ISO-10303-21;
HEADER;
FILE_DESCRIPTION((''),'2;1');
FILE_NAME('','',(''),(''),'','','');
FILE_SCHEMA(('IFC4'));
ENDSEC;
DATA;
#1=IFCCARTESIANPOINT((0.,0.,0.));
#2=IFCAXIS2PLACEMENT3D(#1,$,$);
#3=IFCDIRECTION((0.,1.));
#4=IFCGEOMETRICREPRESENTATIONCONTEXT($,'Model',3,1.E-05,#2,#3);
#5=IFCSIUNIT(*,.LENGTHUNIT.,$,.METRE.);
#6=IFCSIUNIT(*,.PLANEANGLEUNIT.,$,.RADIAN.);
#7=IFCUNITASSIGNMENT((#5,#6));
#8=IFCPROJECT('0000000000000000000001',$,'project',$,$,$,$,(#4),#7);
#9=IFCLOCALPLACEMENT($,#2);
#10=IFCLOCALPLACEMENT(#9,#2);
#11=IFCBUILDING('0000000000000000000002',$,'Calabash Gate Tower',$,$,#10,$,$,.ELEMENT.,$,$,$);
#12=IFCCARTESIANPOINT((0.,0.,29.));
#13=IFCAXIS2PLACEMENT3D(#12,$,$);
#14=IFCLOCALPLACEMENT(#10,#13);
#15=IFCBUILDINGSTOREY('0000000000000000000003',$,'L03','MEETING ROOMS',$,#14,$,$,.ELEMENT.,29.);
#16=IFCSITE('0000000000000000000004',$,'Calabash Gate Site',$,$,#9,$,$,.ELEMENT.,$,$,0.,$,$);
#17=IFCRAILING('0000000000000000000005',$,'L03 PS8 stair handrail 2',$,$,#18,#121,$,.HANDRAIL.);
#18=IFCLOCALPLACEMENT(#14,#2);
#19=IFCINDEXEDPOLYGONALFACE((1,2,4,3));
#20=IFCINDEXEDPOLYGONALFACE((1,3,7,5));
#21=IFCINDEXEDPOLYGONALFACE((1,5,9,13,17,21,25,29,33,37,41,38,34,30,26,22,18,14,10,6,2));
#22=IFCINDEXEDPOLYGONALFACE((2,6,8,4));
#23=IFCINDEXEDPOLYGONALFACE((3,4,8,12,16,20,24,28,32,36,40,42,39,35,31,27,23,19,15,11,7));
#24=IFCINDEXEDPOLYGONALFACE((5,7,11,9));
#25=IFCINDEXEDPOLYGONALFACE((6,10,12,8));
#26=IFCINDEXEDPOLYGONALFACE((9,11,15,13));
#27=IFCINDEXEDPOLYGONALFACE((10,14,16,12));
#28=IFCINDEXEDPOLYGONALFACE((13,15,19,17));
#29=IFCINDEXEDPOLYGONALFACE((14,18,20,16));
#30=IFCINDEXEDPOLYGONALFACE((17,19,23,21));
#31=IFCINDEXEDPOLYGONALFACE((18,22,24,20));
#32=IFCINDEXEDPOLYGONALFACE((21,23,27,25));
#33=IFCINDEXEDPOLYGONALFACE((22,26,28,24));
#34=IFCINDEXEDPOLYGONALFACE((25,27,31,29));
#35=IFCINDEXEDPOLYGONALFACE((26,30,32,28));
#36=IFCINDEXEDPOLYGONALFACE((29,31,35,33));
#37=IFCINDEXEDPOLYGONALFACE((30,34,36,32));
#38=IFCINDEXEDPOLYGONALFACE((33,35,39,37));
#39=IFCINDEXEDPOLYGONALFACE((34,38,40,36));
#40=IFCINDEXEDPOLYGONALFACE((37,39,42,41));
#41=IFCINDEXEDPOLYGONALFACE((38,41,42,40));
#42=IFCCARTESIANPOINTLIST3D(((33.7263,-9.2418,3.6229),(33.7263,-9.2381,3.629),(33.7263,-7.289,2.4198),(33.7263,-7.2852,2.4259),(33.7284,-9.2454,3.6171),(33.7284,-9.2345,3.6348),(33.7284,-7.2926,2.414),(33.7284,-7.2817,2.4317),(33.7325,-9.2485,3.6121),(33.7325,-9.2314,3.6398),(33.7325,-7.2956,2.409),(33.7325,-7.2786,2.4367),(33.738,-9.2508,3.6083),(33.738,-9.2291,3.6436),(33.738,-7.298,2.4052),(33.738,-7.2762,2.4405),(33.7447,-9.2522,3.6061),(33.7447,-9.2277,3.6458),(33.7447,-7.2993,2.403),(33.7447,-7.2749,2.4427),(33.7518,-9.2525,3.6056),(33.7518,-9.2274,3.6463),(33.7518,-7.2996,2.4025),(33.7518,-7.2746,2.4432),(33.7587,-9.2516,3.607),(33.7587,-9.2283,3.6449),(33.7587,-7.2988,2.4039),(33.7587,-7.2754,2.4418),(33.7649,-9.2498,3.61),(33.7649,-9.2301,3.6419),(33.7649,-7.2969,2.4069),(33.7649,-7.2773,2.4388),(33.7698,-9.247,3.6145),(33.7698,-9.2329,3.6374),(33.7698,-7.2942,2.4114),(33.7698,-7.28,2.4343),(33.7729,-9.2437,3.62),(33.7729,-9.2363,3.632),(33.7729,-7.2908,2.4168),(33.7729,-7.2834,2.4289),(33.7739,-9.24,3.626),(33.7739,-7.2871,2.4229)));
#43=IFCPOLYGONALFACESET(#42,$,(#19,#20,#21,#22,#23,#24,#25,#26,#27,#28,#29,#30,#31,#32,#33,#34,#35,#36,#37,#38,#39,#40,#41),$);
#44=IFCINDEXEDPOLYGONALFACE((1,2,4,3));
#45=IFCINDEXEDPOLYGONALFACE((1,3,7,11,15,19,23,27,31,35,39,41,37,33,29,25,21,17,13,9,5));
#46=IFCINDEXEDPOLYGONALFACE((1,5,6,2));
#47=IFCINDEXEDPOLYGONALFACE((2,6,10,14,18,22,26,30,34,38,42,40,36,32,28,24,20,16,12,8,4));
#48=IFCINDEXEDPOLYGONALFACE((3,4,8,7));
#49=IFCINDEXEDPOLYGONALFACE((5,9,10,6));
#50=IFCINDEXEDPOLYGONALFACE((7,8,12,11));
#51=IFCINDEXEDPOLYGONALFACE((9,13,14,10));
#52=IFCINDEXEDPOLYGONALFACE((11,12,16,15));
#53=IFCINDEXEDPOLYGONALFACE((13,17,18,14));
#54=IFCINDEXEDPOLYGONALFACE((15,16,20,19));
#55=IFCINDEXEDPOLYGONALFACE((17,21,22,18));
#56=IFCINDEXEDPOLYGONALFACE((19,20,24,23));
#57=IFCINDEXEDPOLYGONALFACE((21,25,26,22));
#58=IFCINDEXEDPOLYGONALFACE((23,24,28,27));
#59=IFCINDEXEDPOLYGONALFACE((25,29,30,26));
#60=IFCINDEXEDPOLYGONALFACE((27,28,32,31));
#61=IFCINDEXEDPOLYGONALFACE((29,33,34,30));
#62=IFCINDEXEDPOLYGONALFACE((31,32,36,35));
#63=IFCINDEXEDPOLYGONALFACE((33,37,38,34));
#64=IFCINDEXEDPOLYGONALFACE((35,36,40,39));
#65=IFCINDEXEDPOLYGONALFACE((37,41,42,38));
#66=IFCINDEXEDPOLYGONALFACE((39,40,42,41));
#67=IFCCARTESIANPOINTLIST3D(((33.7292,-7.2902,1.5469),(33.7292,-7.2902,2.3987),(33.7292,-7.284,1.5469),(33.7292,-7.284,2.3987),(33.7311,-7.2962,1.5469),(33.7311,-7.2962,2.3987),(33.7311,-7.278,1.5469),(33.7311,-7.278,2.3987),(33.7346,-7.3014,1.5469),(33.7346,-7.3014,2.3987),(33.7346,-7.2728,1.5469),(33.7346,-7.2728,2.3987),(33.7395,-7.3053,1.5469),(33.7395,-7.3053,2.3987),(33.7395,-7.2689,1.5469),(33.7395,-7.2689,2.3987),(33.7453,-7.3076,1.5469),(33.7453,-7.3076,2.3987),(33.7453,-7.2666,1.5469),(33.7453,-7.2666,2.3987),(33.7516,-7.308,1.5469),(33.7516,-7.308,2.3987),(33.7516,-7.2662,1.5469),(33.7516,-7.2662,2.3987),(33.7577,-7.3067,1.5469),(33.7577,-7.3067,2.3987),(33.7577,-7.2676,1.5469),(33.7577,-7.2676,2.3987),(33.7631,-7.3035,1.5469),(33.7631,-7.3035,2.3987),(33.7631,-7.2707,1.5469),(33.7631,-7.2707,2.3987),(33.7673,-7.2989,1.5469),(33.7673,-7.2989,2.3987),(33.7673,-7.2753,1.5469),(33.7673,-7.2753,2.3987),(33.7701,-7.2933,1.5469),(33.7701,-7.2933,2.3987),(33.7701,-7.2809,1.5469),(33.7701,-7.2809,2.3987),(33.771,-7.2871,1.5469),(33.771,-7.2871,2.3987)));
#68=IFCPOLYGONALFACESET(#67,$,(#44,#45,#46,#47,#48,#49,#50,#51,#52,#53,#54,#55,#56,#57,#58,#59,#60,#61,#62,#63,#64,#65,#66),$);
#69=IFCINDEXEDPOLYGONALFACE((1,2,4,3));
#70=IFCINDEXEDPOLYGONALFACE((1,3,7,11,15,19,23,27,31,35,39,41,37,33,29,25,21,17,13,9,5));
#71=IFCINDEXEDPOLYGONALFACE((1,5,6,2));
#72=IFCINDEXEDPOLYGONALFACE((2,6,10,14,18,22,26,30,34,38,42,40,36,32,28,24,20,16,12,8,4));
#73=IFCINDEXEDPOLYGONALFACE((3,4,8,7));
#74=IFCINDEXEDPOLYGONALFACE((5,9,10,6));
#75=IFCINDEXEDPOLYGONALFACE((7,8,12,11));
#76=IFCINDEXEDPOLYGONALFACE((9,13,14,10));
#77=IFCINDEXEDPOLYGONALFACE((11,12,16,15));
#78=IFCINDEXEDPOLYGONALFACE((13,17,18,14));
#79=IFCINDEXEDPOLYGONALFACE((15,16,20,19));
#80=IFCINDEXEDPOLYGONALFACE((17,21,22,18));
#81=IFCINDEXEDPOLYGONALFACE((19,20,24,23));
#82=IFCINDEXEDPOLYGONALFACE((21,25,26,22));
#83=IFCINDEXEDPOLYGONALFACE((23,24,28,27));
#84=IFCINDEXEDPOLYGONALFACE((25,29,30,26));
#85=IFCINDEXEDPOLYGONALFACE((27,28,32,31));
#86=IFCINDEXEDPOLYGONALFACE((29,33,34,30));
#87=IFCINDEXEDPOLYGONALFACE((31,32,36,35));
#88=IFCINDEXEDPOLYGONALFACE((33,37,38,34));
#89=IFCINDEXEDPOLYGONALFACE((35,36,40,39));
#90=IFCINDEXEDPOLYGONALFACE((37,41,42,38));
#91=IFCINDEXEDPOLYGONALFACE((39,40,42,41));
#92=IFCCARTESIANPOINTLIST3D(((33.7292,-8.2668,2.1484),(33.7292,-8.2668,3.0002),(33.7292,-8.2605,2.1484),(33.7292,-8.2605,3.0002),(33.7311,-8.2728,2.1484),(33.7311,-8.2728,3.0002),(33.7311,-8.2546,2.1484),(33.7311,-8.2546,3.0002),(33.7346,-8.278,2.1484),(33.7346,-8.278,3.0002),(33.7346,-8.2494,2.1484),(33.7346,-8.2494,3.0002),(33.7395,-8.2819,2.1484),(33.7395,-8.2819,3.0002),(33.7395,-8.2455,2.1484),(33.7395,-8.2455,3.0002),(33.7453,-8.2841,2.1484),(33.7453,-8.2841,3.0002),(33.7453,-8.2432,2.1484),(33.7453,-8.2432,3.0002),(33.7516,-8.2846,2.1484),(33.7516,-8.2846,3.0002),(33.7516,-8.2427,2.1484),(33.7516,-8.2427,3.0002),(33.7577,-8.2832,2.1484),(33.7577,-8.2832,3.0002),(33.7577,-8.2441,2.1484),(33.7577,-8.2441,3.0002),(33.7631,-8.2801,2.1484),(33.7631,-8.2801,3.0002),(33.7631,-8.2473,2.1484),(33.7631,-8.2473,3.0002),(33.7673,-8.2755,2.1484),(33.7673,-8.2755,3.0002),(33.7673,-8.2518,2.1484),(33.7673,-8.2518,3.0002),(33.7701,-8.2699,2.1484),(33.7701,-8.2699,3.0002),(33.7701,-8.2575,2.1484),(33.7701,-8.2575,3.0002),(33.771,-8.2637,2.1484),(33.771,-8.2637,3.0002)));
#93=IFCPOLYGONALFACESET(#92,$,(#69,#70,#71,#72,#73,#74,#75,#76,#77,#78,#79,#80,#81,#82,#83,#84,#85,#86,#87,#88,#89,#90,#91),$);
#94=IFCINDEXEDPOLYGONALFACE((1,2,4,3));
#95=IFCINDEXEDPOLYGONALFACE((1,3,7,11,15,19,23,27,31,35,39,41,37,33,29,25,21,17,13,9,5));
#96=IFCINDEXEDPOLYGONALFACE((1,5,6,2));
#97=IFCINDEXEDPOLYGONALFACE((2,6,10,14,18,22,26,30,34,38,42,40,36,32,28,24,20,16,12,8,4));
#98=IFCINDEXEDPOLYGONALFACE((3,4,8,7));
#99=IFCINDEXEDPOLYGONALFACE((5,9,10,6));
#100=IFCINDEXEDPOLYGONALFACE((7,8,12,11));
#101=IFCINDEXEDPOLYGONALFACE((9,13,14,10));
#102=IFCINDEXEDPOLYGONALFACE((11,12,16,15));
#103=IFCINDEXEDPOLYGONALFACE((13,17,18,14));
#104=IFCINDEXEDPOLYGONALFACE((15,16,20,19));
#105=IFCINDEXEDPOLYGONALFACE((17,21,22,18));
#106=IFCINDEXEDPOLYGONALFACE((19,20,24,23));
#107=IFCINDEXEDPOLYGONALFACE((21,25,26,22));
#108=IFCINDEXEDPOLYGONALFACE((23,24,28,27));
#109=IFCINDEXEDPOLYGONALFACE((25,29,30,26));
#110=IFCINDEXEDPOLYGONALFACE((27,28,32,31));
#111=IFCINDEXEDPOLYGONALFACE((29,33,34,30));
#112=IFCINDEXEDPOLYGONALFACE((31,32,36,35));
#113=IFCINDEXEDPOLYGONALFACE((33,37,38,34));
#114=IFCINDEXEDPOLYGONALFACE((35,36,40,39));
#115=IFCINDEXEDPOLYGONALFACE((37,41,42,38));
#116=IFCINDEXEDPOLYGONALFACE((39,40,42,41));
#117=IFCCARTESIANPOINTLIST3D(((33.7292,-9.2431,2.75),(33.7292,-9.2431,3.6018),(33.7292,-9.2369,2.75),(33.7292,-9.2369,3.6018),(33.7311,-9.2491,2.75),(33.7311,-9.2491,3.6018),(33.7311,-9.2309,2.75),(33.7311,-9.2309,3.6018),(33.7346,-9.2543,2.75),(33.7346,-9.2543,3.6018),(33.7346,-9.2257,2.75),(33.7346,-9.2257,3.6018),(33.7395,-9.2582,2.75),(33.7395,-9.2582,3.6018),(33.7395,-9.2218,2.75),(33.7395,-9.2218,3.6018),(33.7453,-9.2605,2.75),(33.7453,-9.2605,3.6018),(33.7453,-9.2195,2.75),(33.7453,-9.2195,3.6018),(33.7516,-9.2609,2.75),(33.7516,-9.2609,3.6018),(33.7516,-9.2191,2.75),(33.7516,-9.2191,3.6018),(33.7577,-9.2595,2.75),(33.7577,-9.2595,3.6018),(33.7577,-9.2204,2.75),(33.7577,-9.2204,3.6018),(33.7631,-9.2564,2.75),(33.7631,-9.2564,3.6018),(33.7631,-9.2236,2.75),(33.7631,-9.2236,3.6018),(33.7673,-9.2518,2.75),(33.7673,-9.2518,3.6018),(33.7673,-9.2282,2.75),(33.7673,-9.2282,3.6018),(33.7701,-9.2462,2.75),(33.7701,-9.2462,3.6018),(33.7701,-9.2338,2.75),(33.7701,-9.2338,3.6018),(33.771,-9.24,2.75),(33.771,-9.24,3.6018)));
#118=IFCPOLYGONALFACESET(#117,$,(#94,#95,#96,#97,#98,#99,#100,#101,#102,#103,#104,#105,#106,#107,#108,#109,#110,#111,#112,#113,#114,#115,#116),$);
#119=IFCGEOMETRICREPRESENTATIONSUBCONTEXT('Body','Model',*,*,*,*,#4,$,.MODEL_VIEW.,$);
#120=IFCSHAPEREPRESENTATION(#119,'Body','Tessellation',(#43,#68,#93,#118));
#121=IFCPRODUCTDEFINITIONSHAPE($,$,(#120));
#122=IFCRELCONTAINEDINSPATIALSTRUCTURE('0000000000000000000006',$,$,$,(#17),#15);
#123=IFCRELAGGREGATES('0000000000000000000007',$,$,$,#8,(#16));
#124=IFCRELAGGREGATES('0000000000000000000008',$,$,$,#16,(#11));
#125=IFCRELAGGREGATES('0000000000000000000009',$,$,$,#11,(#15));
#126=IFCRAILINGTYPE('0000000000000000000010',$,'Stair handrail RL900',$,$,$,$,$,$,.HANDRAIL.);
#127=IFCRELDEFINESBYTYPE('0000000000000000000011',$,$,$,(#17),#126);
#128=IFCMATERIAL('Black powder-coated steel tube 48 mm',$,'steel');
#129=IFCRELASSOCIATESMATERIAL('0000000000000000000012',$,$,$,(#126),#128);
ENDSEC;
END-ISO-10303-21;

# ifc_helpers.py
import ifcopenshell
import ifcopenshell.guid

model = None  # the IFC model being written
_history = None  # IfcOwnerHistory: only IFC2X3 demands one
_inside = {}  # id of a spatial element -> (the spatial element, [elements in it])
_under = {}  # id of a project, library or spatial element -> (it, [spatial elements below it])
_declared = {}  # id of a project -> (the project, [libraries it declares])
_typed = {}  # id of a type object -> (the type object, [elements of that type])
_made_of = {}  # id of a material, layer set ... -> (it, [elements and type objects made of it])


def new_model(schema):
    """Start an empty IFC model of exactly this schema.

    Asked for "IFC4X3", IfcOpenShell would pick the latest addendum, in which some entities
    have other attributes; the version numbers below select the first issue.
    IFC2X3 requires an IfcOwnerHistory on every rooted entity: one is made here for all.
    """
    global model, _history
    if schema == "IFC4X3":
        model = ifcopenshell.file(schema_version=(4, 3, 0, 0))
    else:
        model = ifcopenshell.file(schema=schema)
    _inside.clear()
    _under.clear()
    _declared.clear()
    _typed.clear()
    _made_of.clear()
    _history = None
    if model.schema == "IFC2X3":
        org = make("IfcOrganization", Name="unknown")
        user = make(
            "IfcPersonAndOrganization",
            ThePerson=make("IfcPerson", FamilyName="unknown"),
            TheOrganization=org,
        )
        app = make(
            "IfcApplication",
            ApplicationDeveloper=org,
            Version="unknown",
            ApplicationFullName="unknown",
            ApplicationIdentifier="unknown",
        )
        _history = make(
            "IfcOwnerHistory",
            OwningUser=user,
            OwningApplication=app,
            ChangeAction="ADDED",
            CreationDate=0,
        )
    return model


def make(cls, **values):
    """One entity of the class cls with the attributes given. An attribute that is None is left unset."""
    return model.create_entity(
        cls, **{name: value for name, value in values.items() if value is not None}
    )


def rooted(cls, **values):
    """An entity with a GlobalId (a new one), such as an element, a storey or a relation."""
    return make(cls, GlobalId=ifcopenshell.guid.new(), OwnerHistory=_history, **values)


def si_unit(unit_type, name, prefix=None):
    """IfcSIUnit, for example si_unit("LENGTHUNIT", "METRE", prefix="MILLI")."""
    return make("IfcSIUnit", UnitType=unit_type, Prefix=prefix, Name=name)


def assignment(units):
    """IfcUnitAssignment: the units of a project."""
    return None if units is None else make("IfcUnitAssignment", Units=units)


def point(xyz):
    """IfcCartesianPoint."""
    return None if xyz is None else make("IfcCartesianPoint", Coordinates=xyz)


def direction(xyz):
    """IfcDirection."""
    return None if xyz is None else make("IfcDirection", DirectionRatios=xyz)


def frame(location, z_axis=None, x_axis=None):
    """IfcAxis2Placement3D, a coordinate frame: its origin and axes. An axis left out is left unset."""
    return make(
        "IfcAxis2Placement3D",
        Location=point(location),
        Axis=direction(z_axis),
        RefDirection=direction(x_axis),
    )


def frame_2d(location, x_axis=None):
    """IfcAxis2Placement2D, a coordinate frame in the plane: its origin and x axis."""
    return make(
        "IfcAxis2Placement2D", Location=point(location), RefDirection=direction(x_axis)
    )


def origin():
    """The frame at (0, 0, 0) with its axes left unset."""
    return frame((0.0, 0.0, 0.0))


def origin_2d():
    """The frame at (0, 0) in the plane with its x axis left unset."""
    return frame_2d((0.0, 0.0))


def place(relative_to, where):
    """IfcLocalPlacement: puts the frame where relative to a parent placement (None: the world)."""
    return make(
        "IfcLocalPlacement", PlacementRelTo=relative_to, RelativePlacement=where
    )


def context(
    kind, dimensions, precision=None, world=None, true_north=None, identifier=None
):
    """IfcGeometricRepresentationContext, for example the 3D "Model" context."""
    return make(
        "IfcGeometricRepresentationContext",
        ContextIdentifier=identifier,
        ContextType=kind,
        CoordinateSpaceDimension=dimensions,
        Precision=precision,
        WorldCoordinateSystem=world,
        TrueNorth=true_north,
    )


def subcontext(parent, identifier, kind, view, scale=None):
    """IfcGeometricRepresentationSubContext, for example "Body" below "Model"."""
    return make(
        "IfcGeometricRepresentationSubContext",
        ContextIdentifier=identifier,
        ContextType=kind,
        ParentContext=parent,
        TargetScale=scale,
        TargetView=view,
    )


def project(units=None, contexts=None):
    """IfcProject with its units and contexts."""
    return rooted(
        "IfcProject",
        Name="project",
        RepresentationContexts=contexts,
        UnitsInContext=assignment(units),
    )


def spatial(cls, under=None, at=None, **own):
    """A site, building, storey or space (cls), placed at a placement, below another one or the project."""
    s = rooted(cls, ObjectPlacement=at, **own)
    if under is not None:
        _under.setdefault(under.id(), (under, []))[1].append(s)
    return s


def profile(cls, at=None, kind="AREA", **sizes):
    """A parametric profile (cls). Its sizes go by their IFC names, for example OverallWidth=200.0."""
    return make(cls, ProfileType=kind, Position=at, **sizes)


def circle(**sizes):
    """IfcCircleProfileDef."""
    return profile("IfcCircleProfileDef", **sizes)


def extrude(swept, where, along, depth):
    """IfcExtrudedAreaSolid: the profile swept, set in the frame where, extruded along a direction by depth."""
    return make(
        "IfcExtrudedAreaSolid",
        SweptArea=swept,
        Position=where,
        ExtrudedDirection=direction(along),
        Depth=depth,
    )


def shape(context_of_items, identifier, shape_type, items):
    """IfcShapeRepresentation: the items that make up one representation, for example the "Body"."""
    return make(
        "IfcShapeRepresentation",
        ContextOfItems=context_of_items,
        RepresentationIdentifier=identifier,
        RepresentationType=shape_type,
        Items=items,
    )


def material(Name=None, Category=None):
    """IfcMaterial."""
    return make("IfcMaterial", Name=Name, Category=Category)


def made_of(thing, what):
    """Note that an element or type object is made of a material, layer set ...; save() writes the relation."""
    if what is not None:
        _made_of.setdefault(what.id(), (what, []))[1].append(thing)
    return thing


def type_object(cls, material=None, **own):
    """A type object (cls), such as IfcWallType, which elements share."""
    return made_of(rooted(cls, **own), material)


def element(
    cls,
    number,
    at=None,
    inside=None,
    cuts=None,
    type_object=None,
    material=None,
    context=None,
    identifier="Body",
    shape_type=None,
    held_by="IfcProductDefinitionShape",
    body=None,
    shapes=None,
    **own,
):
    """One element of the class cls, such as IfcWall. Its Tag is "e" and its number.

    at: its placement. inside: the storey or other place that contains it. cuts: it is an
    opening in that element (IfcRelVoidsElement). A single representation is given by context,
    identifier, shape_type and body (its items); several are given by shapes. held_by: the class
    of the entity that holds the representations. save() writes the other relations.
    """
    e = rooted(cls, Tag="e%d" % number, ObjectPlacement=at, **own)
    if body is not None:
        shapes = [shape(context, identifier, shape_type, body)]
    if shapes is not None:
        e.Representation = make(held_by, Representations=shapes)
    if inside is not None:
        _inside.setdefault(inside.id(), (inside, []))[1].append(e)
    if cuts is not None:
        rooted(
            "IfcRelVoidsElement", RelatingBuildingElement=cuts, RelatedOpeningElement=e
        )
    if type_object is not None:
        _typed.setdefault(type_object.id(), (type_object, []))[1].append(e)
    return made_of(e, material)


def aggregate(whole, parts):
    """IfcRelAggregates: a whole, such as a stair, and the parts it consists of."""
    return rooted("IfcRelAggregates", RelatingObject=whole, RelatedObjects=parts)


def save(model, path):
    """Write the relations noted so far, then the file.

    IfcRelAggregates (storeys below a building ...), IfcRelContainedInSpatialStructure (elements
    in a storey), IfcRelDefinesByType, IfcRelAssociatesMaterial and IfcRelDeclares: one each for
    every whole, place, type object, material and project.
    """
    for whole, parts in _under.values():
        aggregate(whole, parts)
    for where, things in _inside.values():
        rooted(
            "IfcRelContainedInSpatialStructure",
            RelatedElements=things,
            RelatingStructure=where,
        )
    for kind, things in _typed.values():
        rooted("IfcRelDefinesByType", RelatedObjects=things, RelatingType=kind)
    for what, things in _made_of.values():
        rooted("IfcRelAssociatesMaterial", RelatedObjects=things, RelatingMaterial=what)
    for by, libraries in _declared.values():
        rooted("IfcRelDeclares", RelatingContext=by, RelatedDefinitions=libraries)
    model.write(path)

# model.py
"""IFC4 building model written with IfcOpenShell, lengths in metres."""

from ifc_helpers import new_model, si_unit, direction, frame, origin, origin_2d, place, context, subcontext, project, spatial, circle, extrude, material, type_object, element, save


model = new_model("IFC4")

# Units and contexts
model_context = context("Model", 3, precision=1e-05, world=origin(), true_north=direction((0.0, 1.0)))
body_context = subcontext(model_context, "Body", "Model", "MODEL_VIEW")
ifc_project = project(units=[si_unit("LENGTHUNIT", "METRE"), si_unit("PLANEANGLEUNIT", "RADIAN")], contexts=[model_context])

# Site, building, storey
site_placement = place(None, origin())
site = spatial("IfcSite", under=ifc_project, at=site_placement, Name="Calabash Gate Site", CompositionType="ELEMENT", RefElevation=0.0)
building_placement = place(site_placement, origin())
building = spatial("IfcBuilding", under=site, at=building_placement, Name="Calabash Gate Tower", CompositionType="ELEMENT")
storey_placement = place(building_placement, frame((0.0, 0.0, 29.0)))
storey = spatial("IfcBuildingStorey", under=building, at=storey_placement, Name="L03", Description="MEETING ROOMS", CompositionType="ELEMENT", Elevation=29.0)

# Railing
ifc_material_1 = material(Name="Black powder-coated steel tube 48 mm", Category="steel")
railing_type_1 = type_object("IfcRailingType", Name="Stair handrail RL900", PredefinedType="HANDRAIL", material=ifc_material_1)
railing_1_placement = place(storey_placement, frame((33.75, -7.2871, 1.5469)))
element("IfcRailing", 1, at=railing_1_placement, inside=storey, type_object=railing_type_1, Name="L03 PS8 stair handrail 2", PredefinedType="HANDRAIL", context=body_context, shape_type="SweptSolid", body=[
    extrude(circle(Radius=0.0239, at=origin_2d()), frame((0.0, 0.0, 0.876), z_axis=(0.0, -0.851395, 0.524525), x_axis=(1.0, 0.0, 0.0)), (0.0, 0.0, 1.0), 2.2937),
    extrude(circle(Radius=0.021, at=origin_2d()), origin(), (0.0, 0.0, 1.0), 0.8518),
    extrude(circle(Radius=0.021, at=origin_2d()), frame((0.0, -0.9766, 0.6016)), (0.0, 0.0, 1.0), 0.8518),
    extrude(circle(Radius=0.021, at=origin_2d()), frame((0.0, -1.9529, 1.2031)), (0.0, 0.0, 1.0), 0.8518),
])

save(model, "model.ifc")
